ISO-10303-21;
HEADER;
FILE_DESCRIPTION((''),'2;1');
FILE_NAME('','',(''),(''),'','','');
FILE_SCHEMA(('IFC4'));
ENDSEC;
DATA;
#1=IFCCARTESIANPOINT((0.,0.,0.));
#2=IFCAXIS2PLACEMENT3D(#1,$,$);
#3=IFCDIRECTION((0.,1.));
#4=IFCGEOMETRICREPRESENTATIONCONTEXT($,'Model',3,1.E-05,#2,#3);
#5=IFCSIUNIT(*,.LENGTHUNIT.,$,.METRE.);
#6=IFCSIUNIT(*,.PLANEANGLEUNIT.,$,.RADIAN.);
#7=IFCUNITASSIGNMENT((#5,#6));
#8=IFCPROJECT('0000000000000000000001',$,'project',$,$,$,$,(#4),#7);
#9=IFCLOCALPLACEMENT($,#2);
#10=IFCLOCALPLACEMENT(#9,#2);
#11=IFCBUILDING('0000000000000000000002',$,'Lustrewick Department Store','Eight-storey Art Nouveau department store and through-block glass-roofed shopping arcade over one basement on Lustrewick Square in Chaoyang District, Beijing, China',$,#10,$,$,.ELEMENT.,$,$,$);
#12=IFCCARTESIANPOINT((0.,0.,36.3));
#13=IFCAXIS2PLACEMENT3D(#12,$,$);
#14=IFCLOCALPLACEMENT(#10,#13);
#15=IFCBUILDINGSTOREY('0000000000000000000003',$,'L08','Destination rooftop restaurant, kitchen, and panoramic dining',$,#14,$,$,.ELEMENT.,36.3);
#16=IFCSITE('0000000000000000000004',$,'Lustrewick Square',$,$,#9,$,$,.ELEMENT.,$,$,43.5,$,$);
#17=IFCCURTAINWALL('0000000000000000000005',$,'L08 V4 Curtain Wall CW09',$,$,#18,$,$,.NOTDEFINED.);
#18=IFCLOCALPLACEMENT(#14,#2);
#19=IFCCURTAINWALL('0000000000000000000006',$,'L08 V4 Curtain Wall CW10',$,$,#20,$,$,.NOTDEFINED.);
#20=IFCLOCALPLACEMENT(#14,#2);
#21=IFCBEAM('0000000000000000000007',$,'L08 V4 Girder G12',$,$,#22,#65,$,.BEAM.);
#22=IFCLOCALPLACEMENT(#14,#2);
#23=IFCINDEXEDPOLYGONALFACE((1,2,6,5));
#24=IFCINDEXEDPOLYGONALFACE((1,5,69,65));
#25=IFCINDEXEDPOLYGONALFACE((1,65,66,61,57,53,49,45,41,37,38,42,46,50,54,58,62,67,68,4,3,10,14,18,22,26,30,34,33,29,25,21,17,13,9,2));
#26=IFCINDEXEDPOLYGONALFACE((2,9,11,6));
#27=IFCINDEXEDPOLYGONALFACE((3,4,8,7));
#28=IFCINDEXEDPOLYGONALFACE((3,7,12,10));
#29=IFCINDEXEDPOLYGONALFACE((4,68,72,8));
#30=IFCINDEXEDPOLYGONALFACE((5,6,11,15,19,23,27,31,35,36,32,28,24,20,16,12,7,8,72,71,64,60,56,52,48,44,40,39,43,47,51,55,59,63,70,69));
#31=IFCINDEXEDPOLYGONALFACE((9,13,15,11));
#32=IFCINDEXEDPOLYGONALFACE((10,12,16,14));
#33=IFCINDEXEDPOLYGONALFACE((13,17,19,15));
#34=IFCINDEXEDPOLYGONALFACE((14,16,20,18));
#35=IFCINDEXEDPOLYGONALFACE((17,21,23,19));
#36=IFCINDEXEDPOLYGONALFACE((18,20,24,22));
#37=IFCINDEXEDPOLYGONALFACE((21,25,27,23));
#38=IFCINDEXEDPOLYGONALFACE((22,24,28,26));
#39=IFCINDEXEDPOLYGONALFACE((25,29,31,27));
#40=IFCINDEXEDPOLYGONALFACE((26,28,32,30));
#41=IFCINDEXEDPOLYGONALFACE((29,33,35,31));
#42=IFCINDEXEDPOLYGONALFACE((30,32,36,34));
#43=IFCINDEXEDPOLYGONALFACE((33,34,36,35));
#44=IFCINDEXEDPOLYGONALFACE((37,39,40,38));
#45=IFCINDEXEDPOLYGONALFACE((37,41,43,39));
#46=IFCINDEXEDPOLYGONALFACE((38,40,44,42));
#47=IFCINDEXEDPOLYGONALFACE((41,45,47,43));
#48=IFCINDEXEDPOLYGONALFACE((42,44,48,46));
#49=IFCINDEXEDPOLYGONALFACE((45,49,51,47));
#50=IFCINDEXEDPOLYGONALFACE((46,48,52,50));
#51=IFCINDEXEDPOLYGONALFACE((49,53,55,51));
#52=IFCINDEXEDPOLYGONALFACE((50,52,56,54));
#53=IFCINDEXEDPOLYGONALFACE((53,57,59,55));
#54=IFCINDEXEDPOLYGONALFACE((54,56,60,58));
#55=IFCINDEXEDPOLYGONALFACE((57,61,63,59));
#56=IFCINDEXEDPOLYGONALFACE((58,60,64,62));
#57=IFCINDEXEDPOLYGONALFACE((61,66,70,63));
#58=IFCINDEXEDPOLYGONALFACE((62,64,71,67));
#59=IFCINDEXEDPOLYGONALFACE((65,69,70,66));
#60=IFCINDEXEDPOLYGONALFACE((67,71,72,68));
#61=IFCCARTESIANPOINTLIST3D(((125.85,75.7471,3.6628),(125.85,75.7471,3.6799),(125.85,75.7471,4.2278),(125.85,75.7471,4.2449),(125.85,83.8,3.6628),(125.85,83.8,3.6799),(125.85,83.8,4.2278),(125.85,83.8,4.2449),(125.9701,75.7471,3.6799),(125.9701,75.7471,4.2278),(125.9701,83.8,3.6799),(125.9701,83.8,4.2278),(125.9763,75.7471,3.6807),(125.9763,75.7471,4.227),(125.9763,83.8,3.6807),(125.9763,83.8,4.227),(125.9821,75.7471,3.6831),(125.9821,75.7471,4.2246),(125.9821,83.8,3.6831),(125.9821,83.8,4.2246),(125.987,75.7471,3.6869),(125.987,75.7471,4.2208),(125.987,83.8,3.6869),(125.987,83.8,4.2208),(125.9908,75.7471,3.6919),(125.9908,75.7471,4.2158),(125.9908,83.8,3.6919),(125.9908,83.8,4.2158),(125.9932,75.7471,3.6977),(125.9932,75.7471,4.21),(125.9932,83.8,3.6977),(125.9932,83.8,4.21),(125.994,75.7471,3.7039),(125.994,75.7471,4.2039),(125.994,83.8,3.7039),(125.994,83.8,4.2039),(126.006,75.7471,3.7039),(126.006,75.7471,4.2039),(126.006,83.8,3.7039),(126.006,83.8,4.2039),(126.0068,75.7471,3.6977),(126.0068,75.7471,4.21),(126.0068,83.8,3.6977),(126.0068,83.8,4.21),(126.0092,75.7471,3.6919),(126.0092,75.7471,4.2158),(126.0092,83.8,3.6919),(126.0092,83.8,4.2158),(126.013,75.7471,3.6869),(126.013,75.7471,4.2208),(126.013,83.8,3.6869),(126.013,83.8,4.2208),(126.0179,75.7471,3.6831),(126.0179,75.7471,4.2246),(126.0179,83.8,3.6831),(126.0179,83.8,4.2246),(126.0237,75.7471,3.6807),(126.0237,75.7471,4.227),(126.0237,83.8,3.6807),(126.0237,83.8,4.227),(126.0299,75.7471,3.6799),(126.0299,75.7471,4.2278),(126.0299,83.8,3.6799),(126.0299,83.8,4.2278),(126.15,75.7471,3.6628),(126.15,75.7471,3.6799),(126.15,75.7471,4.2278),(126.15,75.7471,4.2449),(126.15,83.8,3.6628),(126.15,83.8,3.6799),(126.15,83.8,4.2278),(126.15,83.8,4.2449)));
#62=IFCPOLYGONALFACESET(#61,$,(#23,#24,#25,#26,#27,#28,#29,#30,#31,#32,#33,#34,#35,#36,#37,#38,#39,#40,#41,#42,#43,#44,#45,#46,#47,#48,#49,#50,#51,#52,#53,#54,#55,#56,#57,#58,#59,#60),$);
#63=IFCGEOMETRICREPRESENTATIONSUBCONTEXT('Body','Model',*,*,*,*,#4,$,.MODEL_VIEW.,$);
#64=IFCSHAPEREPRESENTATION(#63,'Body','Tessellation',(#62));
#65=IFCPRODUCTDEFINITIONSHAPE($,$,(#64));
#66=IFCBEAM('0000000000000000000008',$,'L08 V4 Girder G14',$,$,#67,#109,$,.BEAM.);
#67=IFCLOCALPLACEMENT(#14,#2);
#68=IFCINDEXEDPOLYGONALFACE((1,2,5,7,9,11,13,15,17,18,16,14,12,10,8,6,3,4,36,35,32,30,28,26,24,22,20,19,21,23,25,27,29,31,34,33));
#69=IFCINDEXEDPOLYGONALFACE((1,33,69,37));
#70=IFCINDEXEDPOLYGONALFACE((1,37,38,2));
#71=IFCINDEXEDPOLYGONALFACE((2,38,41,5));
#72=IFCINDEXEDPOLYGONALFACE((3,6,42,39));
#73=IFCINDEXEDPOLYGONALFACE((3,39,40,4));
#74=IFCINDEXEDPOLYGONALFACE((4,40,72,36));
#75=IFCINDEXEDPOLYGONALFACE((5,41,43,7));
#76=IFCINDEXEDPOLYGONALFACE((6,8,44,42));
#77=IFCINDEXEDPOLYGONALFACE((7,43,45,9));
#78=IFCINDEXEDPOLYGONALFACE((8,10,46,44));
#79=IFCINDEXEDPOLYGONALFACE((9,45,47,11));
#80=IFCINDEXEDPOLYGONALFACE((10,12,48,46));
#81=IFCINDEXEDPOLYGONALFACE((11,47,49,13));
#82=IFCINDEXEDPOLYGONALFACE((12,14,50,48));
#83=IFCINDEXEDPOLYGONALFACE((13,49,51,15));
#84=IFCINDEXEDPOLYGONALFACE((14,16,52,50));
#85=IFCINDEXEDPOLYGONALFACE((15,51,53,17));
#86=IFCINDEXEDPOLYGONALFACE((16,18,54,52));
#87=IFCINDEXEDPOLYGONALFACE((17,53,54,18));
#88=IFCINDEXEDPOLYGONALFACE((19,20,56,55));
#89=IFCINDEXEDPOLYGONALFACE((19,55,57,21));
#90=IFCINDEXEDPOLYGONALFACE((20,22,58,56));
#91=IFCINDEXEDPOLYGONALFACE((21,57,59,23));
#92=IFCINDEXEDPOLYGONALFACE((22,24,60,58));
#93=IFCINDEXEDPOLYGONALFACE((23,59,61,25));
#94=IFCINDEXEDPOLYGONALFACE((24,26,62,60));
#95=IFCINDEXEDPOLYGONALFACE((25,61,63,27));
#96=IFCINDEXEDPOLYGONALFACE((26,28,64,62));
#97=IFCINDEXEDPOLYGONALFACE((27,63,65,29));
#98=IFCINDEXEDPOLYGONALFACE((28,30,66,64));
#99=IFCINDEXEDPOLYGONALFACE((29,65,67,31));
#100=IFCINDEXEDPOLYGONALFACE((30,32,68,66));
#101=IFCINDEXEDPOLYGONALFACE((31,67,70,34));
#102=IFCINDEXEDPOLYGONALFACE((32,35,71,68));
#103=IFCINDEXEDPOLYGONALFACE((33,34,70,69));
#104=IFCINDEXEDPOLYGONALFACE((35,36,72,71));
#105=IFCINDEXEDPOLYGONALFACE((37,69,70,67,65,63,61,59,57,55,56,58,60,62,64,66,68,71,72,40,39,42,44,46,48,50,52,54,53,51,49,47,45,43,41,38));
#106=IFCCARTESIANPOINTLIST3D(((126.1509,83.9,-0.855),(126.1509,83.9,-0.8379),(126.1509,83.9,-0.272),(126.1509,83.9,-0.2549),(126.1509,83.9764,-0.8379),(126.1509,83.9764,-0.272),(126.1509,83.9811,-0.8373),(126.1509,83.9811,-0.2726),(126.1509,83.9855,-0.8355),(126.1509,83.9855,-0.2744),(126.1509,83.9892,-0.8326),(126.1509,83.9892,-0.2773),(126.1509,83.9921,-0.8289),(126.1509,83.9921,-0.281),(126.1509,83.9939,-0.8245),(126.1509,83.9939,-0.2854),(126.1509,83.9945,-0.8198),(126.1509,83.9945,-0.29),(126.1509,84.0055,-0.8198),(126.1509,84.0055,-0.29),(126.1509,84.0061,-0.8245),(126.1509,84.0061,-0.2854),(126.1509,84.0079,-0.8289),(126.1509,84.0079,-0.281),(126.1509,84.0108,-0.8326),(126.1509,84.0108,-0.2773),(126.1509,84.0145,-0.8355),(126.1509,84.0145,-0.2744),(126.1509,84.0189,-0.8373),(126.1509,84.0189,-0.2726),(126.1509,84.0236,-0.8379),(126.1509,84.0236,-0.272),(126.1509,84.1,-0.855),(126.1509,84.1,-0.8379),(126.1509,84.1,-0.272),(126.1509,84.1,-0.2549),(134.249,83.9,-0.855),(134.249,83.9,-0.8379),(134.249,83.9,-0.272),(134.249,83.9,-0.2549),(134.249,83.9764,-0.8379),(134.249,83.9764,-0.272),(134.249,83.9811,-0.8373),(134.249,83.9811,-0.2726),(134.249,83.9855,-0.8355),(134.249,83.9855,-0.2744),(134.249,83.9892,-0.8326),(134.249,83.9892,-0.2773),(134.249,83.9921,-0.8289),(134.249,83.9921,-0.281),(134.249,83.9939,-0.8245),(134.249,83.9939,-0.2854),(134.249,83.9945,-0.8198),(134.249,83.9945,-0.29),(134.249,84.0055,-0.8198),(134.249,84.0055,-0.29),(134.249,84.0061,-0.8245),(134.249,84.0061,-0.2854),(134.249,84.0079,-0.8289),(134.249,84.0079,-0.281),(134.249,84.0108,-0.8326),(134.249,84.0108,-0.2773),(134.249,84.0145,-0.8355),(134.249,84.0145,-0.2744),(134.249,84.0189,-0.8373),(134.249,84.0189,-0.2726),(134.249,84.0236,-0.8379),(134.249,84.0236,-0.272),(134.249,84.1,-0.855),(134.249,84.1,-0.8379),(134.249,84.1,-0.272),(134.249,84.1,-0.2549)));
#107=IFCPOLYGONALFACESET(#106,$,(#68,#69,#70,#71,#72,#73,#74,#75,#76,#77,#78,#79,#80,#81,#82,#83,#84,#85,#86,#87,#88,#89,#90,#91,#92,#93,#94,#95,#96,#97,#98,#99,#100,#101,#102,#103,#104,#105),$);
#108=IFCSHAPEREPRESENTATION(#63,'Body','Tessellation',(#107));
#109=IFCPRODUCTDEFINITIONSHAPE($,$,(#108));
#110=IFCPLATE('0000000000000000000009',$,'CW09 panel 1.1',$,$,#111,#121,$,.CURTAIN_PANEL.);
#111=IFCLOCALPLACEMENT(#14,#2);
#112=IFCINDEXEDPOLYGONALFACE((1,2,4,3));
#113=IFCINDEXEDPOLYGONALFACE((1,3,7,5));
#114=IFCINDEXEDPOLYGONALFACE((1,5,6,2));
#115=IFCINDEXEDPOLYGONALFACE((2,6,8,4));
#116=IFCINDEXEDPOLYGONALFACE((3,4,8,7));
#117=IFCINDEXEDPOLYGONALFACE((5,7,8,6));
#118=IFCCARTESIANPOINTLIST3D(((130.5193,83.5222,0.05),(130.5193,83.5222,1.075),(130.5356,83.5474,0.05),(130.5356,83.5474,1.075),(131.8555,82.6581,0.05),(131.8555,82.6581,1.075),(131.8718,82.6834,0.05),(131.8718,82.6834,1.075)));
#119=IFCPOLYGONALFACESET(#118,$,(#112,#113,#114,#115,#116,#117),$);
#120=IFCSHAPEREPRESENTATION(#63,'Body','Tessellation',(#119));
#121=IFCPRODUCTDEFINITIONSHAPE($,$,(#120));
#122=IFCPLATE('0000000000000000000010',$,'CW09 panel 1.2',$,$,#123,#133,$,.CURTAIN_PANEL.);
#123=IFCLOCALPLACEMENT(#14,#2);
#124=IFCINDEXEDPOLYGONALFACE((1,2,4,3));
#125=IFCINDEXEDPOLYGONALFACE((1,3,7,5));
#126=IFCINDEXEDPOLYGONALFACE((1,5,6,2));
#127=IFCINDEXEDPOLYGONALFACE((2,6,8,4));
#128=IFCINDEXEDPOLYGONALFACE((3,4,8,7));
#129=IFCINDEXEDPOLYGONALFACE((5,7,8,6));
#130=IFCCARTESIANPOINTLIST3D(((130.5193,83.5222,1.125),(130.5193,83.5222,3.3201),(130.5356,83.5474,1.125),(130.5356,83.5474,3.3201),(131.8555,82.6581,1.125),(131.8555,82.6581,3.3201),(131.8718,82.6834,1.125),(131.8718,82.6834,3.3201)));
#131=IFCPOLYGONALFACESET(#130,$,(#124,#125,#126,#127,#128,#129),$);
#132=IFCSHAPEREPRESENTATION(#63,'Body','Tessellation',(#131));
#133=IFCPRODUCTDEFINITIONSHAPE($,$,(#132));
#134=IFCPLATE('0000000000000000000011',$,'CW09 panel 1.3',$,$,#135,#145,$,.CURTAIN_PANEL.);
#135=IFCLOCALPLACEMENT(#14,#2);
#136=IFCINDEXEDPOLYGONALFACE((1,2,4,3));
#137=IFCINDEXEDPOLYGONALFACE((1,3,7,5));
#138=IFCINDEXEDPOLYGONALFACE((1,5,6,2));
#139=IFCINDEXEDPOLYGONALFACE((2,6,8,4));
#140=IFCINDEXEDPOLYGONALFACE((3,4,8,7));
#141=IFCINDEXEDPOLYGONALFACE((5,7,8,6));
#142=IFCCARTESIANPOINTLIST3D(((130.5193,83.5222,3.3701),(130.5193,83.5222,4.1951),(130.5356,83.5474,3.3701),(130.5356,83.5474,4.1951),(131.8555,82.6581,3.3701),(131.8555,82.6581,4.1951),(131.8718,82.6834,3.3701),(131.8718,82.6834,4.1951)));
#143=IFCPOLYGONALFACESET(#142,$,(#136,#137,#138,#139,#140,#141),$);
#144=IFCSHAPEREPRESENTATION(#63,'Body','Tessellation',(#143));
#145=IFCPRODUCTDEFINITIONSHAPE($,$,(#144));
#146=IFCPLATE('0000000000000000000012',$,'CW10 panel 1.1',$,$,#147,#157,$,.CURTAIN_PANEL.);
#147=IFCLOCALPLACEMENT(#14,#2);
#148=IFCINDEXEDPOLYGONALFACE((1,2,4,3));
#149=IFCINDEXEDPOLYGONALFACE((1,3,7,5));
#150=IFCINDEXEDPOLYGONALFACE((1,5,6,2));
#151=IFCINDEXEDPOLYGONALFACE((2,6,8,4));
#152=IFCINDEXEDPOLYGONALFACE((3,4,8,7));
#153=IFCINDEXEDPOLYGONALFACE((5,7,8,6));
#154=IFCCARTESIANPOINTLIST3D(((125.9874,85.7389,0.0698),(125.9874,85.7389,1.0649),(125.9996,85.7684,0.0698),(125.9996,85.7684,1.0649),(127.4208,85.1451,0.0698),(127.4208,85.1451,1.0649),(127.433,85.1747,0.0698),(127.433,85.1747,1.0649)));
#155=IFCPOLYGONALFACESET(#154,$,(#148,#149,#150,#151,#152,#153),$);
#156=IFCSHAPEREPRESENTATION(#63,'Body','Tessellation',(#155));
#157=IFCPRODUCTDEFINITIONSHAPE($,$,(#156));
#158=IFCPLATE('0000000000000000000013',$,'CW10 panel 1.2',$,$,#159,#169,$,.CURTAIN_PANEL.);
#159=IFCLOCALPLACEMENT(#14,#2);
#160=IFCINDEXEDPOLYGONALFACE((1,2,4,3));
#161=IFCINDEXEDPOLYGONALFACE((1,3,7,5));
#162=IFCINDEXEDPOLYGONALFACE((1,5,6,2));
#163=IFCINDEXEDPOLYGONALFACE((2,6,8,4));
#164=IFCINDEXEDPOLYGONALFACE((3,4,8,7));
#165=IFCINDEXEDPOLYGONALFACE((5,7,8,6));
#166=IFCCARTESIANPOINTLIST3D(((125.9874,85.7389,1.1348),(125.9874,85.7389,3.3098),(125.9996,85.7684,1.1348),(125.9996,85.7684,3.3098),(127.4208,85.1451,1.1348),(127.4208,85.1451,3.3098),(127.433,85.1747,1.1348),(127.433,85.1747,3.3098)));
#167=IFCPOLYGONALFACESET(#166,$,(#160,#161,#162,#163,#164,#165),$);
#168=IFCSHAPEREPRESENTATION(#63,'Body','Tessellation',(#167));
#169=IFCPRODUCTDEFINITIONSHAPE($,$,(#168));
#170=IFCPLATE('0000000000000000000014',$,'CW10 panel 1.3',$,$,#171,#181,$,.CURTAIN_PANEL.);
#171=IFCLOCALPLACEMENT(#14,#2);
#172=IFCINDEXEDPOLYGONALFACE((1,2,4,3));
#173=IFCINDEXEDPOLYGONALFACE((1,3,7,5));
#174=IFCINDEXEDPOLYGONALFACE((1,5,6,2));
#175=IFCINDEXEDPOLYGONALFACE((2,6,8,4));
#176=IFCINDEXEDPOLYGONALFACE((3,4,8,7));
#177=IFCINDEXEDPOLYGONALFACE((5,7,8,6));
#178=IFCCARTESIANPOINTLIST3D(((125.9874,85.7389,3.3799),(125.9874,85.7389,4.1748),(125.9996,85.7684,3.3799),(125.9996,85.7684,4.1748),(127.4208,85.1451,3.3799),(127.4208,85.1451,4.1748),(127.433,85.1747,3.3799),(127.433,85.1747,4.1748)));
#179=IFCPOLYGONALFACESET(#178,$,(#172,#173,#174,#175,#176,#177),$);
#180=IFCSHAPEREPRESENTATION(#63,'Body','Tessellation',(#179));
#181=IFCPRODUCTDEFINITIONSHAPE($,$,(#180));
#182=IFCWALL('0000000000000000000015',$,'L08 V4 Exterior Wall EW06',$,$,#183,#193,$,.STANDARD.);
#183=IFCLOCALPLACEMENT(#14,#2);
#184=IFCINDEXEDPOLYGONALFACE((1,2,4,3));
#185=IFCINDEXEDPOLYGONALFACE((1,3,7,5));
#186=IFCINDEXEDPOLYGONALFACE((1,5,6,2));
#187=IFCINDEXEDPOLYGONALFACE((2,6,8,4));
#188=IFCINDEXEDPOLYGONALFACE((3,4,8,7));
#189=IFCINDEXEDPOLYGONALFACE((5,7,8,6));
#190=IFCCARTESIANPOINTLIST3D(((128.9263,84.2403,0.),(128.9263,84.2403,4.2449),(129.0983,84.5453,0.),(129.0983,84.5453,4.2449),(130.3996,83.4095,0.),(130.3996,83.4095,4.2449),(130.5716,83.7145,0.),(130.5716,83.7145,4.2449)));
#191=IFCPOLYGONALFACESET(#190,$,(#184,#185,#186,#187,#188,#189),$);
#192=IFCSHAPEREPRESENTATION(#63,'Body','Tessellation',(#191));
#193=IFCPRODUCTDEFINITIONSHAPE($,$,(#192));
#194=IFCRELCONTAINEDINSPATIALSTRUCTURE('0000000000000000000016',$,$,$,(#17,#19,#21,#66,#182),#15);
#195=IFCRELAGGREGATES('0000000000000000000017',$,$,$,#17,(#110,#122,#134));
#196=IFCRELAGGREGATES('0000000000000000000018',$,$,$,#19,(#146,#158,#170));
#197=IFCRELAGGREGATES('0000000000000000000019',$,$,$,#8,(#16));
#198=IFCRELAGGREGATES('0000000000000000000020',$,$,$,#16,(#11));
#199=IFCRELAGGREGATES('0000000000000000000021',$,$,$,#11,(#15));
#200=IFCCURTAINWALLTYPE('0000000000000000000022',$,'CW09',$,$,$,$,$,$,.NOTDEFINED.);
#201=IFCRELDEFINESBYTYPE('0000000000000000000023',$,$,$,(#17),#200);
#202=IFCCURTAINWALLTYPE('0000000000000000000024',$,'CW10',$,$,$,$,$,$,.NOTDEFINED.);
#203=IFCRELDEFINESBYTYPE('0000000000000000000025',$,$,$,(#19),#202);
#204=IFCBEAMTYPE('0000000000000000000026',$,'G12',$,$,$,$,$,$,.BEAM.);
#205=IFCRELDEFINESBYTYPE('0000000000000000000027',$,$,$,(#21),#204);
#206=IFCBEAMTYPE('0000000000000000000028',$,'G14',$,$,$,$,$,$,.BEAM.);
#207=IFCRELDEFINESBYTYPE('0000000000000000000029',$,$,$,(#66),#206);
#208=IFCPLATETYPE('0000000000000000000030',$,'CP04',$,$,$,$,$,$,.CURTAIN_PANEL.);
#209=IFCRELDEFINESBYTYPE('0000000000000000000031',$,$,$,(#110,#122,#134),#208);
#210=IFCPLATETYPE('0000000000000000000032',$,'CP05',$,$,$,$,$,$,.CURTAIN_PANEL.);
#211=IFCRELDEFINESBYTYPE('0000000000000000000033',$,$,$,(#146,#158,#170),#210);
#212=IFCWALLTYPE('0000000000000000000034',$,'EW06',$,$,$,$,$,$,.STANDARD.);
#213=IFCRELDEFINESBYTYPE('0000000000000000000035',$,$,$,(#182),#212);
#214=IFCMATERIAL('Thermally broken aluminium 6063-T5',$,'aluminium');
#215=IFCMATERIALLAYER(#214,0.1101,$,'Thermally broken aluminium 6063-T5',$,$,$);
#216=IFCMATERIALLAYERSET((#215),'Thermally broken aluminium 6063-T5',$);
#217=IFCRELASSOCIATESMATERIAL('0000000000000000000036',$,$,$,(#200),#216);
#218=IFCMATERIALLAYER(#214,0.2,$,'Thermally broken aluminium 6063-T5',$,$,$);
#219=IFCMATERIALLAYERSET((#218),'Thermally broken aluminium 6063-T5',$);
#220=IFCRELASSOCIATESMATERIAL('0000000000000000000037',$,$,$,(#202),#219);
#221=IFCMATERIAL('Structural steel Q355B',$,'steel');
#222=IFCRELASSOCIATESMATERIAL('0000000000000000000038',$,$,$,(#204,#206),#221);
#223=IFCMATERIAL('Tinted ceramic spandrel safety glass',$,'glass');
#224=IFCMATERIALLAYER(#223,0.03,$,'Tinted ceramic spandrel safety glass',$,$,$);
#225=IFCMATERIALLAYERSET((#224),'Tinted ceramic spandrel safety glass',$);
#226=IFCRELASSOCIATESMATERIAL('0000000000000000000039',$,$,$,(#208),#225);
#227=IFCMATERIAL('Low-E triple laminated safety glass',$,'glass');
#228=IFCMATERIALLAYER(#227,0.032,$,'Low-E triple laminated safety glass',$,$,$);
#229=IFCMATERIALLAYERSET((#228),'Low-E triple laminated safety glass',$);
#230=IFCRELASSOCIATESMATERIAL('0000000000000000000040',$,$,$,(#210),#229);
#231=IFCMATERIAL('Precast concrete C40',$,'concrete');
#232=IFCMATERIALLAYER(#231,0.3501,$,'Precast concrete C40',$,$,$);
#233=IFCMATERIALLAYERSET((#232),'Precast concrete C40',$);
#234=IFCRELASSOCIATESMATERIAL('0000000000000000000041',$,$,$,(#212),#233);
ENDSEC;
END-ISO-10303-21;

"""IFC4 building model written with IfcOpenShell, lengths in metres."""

from ifc_helpers import new_model, si_unit, direction, frame, frame_2d, origin, origin_2d, place, context, subcontext, project, spatial, rectangle, i_section, extrude, material, layer, layer_set, material_profile, profile_set, type_object, element, aggregate, save


model = new_model("IFC4")

# Units and contexts
model_context = context("Model", 3, precision=1e-05, world=origin(), true_north=direction((0.0, 1.0)))
body_context = subcontext(model_context, "Body", "Model", "MODEL_VIEW")
ifc_project = project(units=[si_unit("LENGTHUNIT", "METRE"), si_unit("PLANEANGLEUNIT", "RADIAN")], contexts=[model_context])

# Site, building, storey
site_placement = place(None, origin())
site = spatial("IfcSite", under=ifc_project, at=site_placement, Name="Lustrewick Square", CompositionType="ELEMENT", RefElevation=43.5)
building_placement = place(site_placement, origin())
building = spatial("IfcBuilding", under=site, at=building_placement, Name="Lustrewick Department Store", Description="Eight-storey Art Nouveau department store and through-block glass-roofed shopping arcade over one basement on Lustrewick Square in Chaoyang District, Beijing, China", CompositionType="ELEMENT")
storey_placement = place(building_placement, frame((0.0, 0.0, 36.3)))
storey = spatial("IfcBuildingStorey", under=building, at=storey_placement, Name="L08", Description="Destination rooftop restaurant, kitchen, and panoramic dining", CompositionType="ELEMENT", Elevation=36.3)

# Shared definitions
ifc_material_1 = material(Name="Structural steel Q355B", Category="steel")

# Curtain walls
ifc_material_2 = material(Name="Thermally broken aluminium 6063-T5", Category="aluminium")
ifc_layer_1 = layer(ifc_material_2, 0.1101, Name="Thermally broken aluminium 6063-T5")
ifc_layer_set_1 = layer_set([ifc_layer_1], Name="Thermally broken aluminium 6063-T5")
curtain_wall_type_1 = type_object("IfcCurtainWallType", Name="CW09", PredefinedType="NOTDEFINED", material=ifc_layer_set_1)
curtain_wall_1_placement = place(storey_placement, origin())
curtain_wall_1 = element("IfcCurtainWall", 1, at=curtain_wall_1_placement, inside=storey, type_object=curtain_wall_type_1, Name="L08 V4 Curtain Wall CW09", PredefinedType="NOTDEFINED")
ifc_layer_2 = layer(ifc_material_2, 0.2, Name="Thermally broken aluminium 6063-T5")
ifc_layer_set_2 = layer_set([ifc_layer_2], Name="Thermally broken aluminium 6063-T5")
curtain_wall_type_2 = type_object("IfcCurtainWallType", Name="CW10", PredefinedType="NOTDEFINED", material=ifc_layer_set_2)
curtain_wall_2_placement = place(storey_placement, origin())
curtain_wall_2 = element("IfcCurtainWall", 2, at=curtain_wall_2_placement, inside=storey, type_object=curtain_wall_type_2, Name="L08 V4 Curtain Wall CW10", PredefinedType="NOTDEFINED")

# Beams
ifc_material_profile_1 = material_profile(ifc_material_1, i_section(OverallWidth=0.3, OverallDepth=0.582, WebThickness=0.012, FlangeThickness=0.0171, FilletRadius=0.0239, at=origin_2d()), Name="HM 582x300x12x17")
ifc_profile_set_1 = profile_set([ifc_material_profile_1], Name="Structural steel Q355B")
beam_type_1 = type_object("IfcBeamType", Name="G12", PredefinedType="BEAM", material=ifc_profile_set_1)
beam_1_placement = place(storey_placement, frame((126.0, 75.7471, 3.9539), z_axis=(0.0, 1.0, 0.0), x_axis=(-1.0, 0.0, 0.0)))
element("IfcBeam", 3, at=beam_1_placement, inside=storey, type_object=beam_type_1, Name="L08 V4 Girder G12", PredefinedType="BEAM", context=body_context, shape_type="SweptSolid", body=[
    extrude(i_section(OverallWidth=0.3, OverallDepth=0.582, WebThickness=0.012, FlangeThickness=0.0171, FilletRadius=0.0239, at=origin_2d()), origin(), (0.0, 0.0, 1.0), 8.053),
])
ifc_material_profile_2 = material_profile(ifc_material_1, i_section(OverallWidth=0.2, OverallDepth=0.6001, WebThickness=0.011, FlangeThickness=0.0171, FilletRadius=0.0181, at=origin_2d()), Name="HN 600x200x11x17")
ifc_profile_set_2 = profile_set([ifc_material_profile_2], Name="Structural steel Q355B")
beam_type_2 = type_object("IfcBeamType", Name="G14", PredefinedType="BEAM", material=ifc_profile_set_2)
beam_2_placement = place(storey_placement, frame((126.1509, 84.0, -0.5549), z_axis=(1.0, 0.0, 0.0), x_axis=(0.0, 1.0, 0.0)))
element("IfcBeam", 4, at=beam_2_placement, inside=storey, type_object=beam_type_2, Name="L08 V4 Girder G14", PredefinedType="BEAM", context=body_context, shape_type="SweptSolid", body=[
    extrude(i_section(OverallWidth=0.2, OverallDepth=0.6001, WebThickness=0.011, FlangeThickness=0.0171, FilletRadius=0.0181, at=origin_2d()), origin(), (0.0, 0.0, 1.0), 8.0981),
])

# Plates
ifc_material_3 = material(Name="Tinted ceramic spandrel safety glass", Category="glass")
ifc_layer_3 = layer(ifc_material_3, 0.03, Name="Tinted ceramic spandrel safety glass")
ifc_layer_set_3 = layer_set([ifc_layer_3], Name="Tinted ceramic spandrel safety glass")
plate_type_1 = type_object("IfcPlateType", Name="CP04", PredefinedType="CURTAIN_PANEL", material=ifc_layer_set_3)
plate_1_placement = place(storey_placement, frame((131.1956, 83.1028, 0.05), z_axis=(0.0, 0.0, 1.0), x_axis=(-0.839737, 0.542994, 0.0)))
plate_1 = element("IfcPlate", 5, at=plate_1_placement, type_object=plate_type_1, Name="CW09 panel 1.1", PredefinedType="CURTAIN_PANEL", context=body_context, shape_type="SweptSolid", body=[
    extrude(rectangle(XDim=1.5913, YDim=0.03, at=origin_2d()), origin(), (0.0, 0.0, 1.0), 1.0249),
])
plate_2_placement = place(storey_placement, frame((131.1956, 83.1028, 1.125), z_axis=(0.0, 0.0, 1.0), x_axis=(-0.839737, 0.542994, 0.0)))
plate_2 = element("IfcPlate", 6, at=plate_2_placement, type_object=plate_type_1, Name="CW09 panel 1.2", PredefinedType="CURTAIN_PANEL", context=body_context, shape_type="SweptSolid", body=[
    extrude(rectangle(XDim=1.5913, YDim=0.03, at=origin_2d()), origin(), (0.0, 0.0, 1.0), 2.1951),
])
plate_3_placement = place(storey_placement, frame((131.1956, 83.1028, 3.3701), z_axis=(0.0, 0.0, 1.0), x_axis=(-0.839737, 0.542994, 0.0)))
plate_3 = element("IfcPlate", 7, at=plate_3_placement, type_object=plate_type_1, Name="CW09 panel 1.3", PredefinedType="CURTAIN_PANEL", context=body_context, shape_type="SweptSolid", body=[
    extrude(rectangle(XDim=1.5913, YDim=0.03, at=origin_2d()), origin(), (0.0, 0.0, 1.0), 0.825),
])
aggregate(curtain_wall_1, [plate_1, plate_2, plate_3])
ifc_material_4 = material(Name="Low-E triple laminated safety glass", Category="glass")
ifc_layer_4 = layer(ifc_material_4, 0.032, Name="Low-E triple laminated safety glass")
ifc_layer_set_4 = layer_set([ifc_layer_4], Name="Low-E triple laminated safety glass")
plate_type_2 = type_object("IfcPlateType", Name="CP05", PredefinedType="CURTAIN_PANEL", material=ifc_layer_set_4)
plate_4_placement = place(storey_placement, frame((126.7102, 85.4568, 0.0698), z_axis=(0.0, 0.0, 1.0), x_axis=(-0.923878, 0.382688, 0.0)))
plate_4 = element("IfcPlate", 8, at=plate_4_placement, type_object=plate_type_2, Name="CW10 panel 1.1", PredefinedType="CURTAIN_PANEL", context=body_context, shape_type="SweptSolid", body=[
    extrude(rectangle(XDim=1.5515, YDim=0.032, at=origin_2d()), origin(), (0.0, 0.0, 1.0), 0.9951),
])
plate_5_placement = place(storey_placement, frame((126.7102, 85.4568, 1.1348), z_axis=(0.0, 0.0, 1.0), x_axis=(-0.923878, 0.382688, 0.0)))
plate_5 = element("IfcPlate", 9, at=plate_5_placement, type_object=plate_type_2, Name="CW10 panel 1.2", PredefinedType="CURTAIN_PANEL", context=body_context, shape_type="SweptSolid", body=[
    extrude(rectangle(XDim=1.5515, YDim=0.032, at=origin_2d()), origin(), (0.0, 0.0, 1.0), 2.175),
])
plate_6_placement = place(storey_placement, frame((126.7102, 85.4568, 3.3799), z_axis=(0.0, 0.0, 1.0), x_axis=(-0.923878, 0.382688, 0.0)))
plate_6 = element("IfcPlate", 10, at=plate_6_placement, type_object=plate_type_2, Name="CW10 panel 1.3", PredefinedType="CURTAIN_PANEL", context=body_context, shape_type="SweptSolid", body=[
    extrude(rectangle(XDim=1.5515, YDim=0.032, at=origin_2d()), origin(), (0.0, 0.0, 1.0), 0.7949),
])
aggregate(curtain_wall_2, [plate_4, plate_5, plate_6])

# Wall
ifc_material_5 = material(Name="Precast concrete C40", Category="concrete")
ifc_layer_5 = layer(ifc_material_5, 0.3501, Name="Precast concrete C40")
ifc_layer_set_5 = layer_set([ifc_layer_5], Name="Precast concrete C40")
wall_type_1 = type_object("IfcWallType", Name="EW06", PredefinedType="STANDARD", material=ifc_layer_set_5)
wall_1_placement = place(storey_placement, frame((130.4856, 83.562, 0.0), z_axis=(0.0, 0.0, 1.0), x_axis=(-0.871062, 0.491172, 0.0)))
element("IfcWall", 11, at=wall_1_placement, inside=storey, type_object=wall_type_1, Name="L08 V4 Exterior Wall EW06", PredefinedType="STANDARD", context=body_context, shape_type="SweptSolid", body=[
    extrude(rectangle(XDim=1.6914, YDim=0.3501, at=frame_2d((0.8457, 0.0))), origin(), (0.0, 0.0, 1.0), 4.2449),
])

save(model, "model.ifc")
